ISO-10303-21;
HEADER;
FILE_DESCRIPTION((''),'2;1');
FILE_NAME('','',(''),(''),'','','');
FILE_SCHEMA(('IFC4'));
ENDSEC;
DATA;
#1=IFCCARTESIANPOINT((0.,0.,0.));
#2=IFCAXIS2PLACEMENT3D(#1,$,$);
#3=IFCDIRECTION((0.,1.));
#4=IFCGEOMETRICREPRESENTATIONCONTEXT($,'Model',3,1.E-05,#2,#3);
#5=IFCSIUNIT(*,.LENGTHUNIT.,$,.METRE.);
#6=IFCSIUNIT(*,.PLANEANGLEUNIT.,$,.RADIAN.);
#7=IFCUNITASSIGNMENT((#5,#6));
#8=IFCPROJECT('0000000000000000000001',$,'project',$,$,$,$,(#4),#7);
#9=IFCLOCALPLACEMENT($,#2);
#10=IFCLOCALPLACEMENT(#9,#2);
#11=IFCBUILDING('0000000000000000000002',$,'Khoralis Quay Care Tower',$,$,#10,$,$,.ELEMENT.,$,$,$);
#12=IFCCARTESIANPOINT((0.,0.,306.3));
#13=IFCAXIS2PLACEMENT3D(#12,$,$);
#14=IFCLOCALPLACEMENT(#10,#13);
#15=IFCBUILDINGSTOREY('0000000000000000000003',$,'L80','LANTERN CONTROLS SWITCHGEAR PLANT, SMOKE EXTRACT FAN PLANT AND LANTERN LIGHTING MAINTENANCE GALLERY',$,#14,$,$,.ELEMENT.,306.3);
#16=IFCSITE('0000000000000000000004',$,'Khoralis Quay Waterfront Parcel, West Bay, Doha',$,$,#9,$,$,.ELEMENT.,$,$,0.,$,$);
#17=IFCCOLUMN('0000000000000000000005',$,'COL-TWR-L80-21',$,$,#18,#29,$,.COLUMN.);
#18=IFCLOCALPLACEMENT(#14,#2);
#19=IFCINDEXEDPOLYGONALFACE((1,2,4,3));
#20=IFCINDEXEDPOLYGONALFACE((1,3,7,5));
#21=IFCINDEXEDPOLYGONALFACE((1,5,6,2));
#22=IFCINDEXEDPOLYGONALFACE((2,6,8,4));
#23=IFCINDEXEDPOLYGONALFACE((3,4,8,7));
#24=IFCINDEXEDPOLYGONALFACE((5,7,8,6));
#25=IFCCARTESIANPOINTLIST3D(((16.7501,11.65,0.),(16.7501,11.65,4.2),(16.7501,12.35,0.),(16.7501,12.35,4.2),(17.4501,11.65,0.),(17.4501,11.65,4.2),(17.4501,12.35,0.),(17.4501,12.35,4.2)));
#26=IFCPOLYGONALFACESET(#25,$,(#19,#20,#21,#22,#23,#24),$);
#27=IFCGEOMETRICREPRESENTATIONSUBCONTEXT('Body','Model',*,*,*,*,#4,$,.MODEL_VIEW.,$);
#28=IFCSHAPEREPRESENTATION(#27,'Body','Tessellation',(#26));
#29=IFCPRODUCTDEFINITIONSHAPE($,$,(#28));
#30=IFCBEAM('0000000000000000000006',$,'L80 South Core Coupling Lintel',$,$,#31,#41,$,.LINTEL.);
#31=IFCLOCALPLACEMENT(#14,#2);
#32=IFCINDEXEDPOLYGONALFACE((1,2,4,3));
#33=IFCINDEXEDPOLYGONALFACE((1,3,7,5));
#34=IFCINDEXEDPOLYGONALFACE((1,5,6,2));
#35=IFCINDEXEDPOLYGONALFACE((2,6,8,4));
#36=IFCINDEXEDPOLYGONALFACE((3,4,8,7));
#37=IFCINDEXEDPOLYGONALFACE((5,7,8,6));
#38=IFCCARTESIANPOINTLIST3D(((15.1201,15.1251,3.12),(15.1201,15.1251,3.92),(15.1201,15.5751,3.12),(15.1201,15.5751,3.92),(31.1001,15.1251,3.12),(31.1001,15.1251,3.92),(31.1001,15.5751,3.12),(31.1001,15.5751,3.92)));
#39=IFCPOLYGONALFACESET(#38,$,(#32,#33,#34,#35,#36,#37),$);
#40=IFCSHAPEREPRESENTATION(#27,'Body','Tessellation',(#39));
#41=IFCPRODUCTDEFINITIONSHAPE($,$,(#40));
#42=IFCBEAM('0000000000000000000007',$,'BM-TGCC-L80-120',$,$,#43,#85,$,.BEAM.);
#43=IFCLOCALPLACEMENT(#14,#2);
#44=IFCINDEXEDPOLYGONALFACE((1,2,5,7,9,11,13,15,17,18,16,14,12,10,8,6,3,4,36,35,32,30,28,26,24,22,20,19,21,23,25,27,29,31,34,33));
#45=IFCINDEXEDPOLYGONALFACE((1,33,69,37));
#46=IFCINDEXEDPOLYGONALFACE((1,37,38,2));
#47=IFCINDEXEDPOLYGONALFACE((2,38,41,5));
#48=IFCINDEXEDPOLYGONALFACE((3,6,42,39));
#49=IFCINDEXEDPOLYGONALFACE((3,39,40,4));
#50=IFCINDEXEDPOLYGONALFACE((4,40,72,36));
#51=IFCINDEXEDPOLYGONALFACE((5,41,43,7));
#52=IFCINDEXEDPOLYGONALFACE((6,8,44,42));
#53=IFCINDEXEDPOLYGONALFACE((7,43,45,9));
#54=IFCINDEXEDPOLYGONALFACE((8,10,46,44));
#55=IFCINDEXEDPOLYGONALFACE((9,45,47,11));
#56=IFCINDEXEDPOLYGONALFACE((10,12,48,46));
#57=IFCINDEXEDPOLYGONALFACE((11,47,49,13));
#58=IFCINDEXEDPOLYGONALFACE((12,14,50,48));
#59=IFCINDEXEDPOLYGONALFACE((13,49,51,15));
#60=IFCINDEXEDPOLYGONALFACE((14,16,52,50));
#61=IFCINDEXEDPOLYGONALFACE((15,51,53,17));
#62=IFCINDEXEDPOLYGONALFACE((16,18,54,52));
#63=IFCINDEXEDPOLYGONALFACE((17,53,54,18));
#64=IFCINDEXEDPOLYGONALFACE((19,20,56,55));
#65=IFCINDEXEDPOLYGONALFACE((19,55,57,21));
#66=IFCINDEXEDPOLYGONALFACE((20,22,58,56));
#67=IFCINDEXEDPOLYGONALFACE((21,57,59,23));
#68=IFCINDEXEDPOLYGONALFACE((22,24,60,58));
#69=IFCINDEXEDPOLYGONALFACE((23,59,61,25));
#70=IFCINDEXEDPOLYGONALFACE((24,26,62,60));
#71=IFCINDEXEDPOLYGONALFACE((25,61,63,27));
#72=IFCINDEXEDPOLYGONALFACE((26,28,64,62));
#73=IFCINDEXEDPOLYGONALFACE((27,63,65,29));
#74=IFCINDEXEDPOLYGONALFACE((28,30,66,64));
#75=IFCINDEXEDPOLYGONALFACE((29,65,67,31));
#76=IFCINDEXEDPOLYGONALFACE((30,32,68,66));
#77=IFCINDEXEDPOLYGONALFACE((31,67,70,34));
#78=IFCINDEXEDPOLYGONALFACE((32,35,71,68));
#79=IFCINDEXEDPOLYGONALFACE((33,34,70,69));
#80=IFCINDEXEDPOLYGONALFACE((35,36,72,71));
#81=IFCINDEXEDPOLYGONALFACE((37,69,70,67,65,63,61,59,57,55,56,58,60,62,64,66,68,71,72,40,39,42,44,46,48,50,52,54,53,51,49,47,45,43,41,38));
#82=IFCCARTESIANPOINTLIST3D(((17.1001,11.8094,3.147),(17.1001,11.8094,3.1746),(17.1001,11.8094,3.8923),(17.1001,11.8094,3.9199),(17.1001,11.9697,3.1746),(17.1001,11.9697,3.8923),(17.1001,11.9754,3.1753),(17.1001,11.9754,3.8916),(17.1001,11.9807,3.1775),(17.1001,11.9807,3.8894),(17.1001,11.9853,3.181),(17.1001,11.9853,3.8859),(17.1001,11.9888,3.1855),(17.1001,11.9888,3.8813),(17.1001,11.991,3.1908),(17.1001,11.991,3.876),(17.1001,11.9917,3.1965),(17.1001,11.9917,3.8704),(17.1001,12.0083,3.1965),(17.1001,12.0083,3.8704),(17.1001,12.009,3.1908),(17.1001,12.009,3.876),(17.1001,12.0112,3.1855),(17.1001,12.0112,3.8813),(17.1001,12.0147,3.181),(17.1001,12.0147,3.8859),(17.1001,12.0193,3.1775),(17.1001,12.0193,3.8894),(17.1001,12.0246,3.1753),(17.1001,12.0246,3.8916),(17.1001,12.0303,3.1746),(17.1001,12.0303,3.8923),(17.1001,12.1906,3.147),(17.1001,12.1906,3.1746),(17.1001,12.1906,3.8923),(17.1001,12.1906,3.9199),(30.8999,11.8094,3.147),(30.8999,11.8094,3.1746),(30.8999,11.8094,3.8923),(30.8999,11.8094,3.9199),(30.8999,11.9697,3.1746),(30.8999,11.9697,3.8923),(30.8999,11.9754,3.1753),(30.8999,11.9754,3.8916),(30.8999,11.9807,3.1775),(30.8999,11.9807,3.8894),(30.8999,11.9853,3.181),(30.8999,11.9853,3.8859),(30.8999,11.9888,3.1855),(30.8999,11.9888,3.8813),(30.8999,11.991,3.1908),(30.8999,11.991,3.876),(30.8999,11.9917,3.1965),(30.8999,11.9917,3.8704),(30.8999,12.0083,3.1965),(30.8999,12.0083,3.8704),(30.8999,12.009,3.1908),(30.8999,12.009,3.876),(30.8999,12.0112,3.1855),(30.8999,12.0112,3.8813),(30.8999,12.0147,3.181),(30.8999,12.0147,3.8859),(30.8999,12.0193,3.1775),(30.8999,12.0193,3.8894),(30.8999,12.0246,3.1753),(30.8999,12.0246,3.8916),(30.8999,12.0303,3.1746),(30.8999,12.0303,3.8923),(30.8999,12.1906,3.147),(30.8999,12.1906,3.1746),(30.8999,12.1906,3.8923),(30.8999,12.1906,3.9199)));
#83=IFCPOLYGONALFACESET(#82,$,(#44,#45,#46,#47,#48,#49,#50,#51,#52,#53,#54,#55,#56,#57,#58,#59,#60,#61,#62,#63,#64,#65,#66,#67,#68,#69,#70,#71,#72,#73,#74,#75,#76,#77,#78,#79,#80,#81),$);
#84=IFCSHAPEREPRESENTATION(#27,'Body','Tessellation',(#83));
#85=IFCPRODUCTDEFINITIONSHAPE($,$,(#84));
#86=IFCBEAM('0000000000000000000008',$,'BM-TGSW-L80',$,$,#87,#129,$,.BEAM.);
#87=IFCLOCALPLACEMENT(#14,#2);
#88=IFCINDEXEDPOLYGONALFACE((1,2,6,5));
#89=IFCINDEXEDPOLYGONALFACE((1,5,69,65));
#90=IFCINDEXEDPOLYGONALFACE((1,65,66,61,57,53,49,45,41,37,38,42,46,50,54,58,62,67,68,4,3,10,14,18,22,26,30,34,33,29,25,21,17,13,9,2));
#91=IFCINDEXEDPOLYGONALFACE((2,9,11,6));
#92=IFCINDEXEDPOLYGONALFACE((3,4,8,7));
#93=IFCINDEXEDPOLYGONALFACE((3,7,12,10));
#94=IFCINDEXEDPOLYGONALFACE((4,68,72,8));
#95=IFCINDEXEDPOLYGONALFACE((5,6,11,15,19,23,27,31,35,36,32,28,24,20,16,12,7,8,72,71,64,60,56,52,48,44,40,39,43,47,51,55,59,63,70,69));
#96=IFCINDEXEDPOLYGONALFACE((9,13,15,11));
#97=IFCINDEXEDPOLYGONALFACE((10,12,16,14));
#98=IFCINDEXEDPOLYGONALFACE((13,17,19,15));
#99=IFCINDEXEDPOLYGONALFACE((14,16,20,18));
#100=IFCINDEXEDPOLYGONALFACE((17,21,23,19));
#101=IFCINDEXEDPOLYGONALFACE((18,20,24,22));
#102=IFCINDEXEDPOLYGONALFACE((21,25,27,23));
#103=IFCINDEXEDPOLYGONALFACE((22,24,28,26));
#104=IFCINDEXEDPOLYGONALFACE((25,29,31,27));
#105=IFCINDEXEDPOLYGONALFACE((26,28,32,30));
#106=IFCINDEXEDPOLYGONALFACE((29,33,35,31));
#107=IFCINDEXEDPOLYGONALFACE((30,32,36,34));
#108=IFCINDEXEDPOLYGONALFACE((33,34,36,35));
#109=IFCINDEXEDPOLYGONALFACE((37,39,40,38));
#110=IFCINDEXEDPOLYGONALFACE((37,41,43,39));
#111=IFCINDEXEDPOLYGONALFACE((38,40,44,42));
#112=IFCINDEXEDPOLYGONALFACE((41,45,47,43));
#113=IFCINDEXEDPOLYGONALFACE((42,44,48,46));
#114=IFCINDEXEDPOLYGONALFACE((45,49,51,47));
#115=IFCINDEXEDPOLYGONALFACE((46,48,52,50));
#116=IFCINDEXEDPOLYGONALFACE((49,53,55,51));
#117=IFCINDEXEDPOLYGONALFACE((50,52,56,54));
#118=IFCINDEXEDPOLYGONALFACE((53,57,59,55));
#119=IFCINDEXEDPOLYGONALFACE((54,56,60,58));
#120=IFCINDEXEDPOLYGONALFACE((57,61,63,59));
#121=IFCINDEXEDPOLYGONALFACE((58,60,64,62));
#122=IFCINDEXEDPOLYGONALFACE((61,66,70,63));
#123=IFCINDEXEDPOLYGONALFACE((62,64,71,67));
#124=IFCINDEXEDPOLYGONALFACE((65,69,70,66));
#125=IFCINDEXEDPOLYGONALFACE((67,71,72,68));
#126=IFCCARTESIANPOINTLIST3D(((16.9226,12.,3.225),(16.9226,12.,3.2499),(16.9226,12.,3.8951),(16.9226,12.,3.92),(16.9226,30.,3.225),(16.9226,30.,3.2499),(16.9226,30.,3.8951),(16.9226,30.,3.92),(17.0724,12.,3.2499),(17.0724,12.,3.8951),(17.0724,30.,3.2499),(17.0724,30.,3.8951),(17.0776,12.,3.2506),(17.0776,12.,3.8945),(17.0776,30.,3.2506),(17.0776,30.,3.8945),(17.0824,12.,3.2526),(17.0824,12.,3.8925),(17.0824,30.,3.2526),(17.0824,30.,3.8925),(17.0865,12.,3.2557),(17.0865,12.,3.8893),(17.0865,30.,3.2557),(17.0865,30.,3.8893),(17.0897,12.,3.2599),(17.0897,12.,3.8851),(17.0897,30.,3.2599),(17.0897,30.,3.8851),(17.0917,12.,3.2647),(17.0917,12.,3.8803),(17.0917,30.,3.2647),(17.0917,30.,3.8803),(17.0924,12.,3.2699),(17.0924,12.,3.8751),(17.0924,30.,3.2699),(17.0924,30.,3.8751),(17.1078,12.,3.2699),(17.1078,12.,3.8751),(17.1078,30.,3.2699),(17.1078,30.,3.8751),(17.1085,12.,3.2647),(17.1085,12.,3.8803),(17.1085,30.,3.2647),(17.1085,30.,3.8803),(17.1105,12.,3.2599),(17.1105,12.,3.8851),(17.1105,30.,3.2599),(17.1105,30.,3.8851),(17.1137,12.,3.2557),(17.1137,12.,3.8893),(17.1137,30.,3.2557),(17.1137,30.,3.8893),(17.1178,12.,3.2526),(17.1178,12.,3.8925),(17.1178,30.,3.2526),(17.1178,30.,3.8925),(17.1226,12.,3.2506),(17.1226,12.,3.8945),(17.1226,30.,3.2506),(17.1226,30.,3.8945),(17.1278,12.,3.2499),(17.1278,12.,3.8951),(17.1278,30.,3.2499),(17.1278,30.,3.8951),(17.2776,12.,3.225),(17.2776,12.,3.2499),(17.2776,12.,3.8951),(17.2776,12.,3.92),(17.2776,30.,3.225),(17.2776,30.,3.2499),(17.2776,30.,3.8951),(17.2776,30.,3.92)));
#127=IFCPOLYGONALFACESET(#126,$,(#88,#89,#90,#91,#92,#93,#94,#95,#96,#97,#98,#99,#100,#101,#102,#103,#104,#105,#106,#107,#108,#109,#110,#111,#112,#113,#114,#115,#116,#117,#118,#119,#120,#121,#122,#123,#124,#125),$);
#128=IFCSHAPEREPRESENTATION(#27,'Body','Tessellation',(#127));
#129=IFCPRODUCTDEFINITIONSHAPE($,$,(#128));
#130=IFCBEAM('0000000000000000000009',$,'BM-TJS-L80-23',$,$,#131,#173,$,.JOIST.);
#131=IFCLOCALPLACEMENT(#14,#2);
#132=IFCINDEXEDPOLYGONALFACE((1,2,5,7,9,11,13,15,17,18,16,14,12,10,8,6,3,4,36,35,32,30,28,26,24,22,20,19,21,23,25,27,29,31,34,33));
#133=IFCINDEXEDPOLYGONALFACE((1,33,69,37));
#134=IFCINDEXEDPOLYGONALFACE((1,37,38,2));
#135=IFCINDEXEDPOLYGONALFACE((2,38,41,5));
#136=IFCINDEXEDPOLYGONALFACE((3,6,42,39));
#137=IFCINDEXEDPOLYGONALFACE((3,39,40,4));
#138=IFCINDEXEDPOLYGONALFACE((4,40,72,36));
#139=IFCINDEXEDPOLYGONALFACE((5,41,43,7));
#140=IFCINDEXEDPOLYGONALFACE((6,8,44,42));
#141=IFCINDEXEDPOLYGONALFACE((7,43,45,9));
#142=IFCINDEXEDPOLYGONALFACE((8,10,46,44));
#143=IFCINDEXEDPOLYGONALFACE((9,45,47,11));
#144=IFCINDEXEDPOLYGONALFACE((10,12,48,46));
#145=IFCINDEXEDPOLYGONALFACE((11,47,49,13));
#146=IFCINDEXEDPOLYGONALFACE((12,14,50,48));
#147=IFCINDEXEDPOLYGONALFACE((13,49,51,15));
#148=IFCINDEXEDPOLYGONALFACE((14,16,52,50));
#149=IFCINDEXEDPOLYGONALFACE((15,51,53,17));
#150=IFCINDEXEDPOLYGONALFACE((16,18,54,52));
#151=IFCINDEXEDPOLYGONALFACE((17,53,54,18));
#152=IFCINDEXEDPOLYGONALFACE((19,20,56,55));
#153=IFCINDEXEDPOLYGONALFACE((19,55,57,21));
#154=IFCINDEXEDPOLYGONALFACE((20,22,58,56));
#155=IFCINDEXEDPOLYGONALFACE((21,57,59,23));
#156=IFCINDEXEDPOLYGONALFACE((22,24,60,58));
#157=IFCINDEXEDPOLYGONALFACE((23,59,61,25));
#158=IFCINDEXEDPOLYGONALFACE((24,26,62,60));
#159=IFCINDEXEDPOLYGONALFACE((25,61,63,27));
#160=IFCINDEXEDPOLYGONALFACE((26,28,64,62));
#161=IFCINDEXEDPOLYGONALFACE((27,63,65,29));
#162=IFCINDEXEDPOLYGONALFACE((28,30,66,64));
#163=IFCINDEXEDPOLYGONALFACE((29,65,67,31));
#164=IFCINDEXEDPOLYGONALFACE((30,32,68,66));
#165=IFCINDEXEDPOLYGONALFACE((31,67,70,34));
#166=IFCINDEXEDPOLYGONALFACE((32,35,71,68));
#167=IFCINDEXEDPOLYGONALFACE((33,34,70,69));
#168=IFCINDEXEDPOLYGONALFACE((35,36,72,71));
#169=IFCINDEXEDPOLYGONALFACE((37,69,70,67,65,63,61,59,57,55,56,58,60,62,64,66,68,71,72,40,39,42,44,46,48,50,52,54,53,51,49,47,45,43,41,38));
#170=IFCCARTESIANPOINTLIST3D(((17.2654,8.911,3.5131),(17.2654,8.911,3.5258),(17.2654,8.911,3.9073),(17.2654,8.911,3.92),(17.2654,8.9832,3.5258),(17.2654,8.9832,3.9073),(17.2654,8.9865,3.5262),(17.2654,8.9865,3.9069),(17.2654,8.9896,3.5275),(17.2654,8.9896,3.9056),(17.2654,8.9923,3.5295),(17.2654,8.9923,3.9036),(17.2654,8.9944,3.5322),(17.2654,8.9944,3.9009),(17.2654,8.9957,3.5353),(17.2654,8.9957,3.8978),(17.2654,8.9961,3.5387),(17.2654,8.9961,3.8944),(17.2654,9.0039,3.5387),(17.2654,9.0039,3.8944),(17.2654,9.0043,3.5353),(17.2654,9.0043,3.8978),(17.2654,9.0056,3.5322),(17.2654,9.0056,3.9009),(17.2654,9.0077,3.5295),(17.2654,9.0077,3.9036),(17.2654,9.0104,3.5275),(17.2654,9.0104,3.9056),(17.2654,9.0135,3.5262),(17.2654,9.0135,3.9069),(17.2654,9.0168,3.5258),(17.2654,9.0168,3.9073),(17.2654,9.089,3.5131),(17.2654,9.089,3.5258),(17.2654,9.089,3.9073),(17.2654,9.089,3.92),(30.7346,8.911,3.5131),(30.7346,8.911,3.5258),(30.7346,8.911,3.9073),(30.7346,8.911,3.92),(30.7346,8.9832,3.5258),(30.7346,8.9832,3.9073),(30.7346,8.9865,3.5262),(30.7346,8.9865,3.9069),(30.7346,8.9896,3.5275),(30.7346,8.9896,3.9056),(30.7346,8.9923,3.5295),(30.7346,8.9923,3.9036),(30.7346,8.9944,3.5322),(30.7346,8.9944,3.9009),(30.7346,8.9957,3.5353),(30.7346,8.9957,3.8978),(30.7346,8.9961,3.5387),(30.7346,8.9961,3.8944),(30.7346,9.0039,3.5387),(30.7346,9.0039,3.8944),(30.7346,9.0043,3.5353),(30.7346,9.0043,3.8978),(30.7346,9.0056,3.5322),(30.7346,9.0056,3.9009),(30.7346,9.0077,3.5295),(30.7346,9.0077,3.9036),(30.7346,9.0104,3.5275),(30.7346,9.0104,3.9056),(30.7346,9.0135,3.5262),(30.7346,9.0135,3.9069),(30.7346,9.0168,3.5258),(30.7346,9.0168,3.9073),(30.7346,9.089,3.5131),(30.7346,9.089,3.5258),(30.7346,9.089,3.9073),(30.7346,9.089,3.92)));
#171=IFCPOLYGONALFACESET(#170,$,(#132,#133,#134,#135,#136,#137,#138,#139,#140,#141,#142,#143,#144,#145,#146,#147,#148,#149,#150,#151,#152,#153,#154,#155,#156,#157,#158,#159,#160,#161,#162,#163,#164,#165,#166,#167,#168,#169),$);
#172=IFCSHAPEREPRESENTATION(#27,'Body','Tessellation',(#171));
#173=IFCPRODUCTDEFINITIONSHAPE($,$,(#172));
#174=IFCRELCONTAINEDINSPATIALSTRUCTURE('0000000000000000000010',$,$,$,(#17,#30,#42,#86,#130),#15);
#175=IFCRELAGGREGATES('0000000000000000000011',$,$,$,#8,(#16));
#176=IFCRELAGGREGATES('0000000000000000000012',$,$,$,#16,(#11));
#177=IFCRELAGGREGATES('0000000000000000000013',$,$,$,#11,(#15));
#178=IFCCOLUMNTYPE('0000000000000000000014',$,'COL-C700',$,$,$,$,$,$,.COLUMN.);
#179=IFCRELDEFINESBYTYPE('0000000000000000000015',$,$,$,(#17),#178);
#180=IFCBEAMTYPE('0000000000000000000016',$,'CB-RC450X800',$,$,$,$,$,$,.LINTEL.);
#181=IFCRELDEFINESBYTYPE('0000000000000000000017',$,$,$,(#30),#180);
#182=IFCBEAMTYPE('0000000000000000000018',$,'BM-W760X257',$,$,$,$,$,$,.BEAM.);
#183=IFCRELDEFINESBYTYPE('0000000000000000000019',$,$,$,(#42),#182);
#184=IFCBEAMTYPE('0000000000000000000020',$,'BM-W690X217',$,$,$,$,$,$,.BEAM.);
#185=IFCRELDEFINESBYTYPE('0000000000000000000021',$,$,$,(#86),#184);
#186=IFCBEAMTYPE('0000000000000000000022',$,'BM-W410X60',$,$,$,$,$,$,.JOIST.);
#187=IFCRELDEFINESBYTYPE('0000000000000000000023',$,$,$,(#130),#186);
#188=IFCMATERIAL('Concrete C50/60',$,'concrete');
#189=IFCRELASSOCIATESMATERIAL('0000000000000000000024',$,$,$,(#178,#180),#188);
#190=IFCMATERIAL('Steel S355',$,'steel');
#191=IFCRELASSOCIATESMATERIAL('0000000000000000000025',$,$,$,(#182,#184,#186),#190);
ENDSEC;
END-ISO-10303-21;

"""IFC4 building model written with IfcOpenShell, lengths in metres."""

from ifc_helpers import new_model, si_unit, direction, frame, origin, origin_2d, place, context, subcontext, project, spatial, rectangle, i_section, extrude, source, transform, mapped, material, material_profile, profile_set, type_object, element, save


model = new_model("IFC4")

# Units and contexts
model_context = context("Model", 3, precision=1e-05, world=origin(), true_north=direction((0.0, 1.0)))
body_context = subcontext(model_context, "Body", "Model", "MODEL_VIEW")
ifc_project = project(units=[si_unit("LENGTHUNIT", "METRE"), si_unit("PLANEANGLEUNIT", "RADIAN")], contexts=[model_context])

# Site, building, storey
site_placement = place(None, origin())
site = spatial("IfcSite", under=ifc_project, at=site_placement, Name="Khoralis Quay Waterfront Parcel, West Bay, Doha", CompositionType="ELEMENT", RefElevation=0.0)
building_placement = place(site_placement, origin())
building = spatial("IfcBuilding", under=site, at=building_placement, Name="Khoralis Quay Care Tower", CompositionType="ELEMENT")
storey_placement = place(building_placement, frame((0.0, 0.0, 306.3)))
storey = spatial("IfcBuildingStorey", under=building, at=storey_placement, Name="L80", Description="LANTERN CONTROLS SWITCHGEAR PLANT, SMOKE EXTRACT FAN PLANT AND LANTERN LIGHTING MAINTENANCE GALLERY", CompositionType="ELEMENT", Elevation=306.3)

# Column
ifc_material_1 = material(Name="Concrete C50/60", Category="concrete")
ifc_material_profile_1 = material_profile(ifc_material_1, rectangle(XDim=0.7, YDim=0.7, at=origin_2d()), Name="Concrete C50/60")
ifc_profile_set_1 = profile_set([ifc_material_profile_1], Name="Concrete C50/60")
column_type = type_object("IfcColumnType", Name="COL-C700", PredefinedType="COLUMN", material=ifc_profile_set_1)
shared_shape_1 = source(origin(), body_context, "Body", "SweptSolid", [
    extrude(rectangle(XDim=0.7, YDim=0.7, at=origin_2d()), origin(), (0.0, 0.0, 1.0), 4.2),
])
column_placement = place(storey_placement, frame((17.1001, 12.0, 0.0), z_axis=(0.0, 0.0, 1.0), x_axis=(1.0, 0.0, 0.0)))
element("IfcColumn", 1, at=column_placement, inside=storey, type_object=column_type, Name="COL-TWR-L80-21", PredefinedType="COLUMN", context=body_context, shape_type="MappedRepresentation", body=[
    mapped(shared_shape_1, transform((0.0, 0.0, 0.0), scale=1.0)),
])

# Beams
ifc_material_profile_2 = material_profile(ifc_material_1, rectangle(XDim=0.45, YDim=0.8, at=origin_2d()), Name="Concrete C50/60")
ifc_profile_set_2 = profile_set([ifc_material_profile_2], Name="Concrete C50/60")
beam_type_1 = type_object("IfcBeamType", Name="CB-RC450X800", PredefinedType="LINTEL", material=ifc_profile_set_2)
shared_shape_2 = source(origin(), body_context, "Body", "SweptSolid", [
    extrude(rectangle(XDim=0.45, YDim=0.8, at=origin_2d()), origin(), (0.0, 0.0, 1.0), 15.98),
])
beam_1_placement = place(storey_placement, frame((15.1201, 15.3501, 3.52), z_axis=(1.0, 0.0, 0.0), x_axis=(0.0, 1.0, 0.0)))
element("IfcBeam", 2, at=beam_1_placement, inside=storey, type_object=beam_type_1, Name="L80 South Core Coupling Lintel", PredefinedType="LINTEL", context=body_context, shape_type="MappedRepresentation", body=[
    mapped(shared_shape_2, transform((0.0, 0.0, 0.0), scale=1.0)),
])
ifc_material_2 = material(Name="Steel S355", Category="steel")
ifc_material_profile_3 = material_profile(ifc_material_2, i_section(OverallWidth=0.3811, OverallDepth=0.7729, WebThickness=0.0166, FlangeThickness=0.0276, FilletRadius=0.022, at=origin_2d()), Name="Steel S355")
ifc_profile_set_3 = profile_set([ifc_material_profile_3], Name="Steel S355")
beam_type_2 = type_object("IfcBeamType", Name="BM-W760X257", PredefinedType="BEAM", material=ifc_profile_set_3)
shared_shape_3 = source(origin(), body_context, "Body", "SweptSolid", [
    extrude(i_section(OverallWidth=0.3811, OverallDepth=0.7729, WebThickness=0.0166, FlangeThickness=0.0276, FilletRadius=0.022, at=origin_2d()), origin(), (0.0, 0.0, 1.0), 13.7998),
])
beam_2_placement = place(storey_placement, frame((17.1001, 12.0, 3.5334), z_axis=(1.0, 0.0, 0.0), x_axis=(0.0, 1.0, 0.0)))
element("IfcBeam", 3, at=beam_2_placement, inside=storey, type_object=beam_type_2, Name="BM-TGCC-L80-120", PredefinedType="BEAM", context=body_context, shape_type="MappedRepresentation", body=[
    mapped(shared_shape_3, transform((0.0, 0.0, 0.0), scale=1.0)),
])
ifc_material_profile_4 = material_profile(ifc_material_2, i_section(OverallWidth=0.355, OverallDepth=0.6951, WebThickness=0.0154, FlangeThickness=0.0249, FilletRadius=0.02, at=origin_2d()), Name="Steel S355")
ifc_profile_set_4 = profile_set([ifc_material_profile_4], Name="Steel S355")
beam_type_3 = type_object("IfcBeamType", Name="BM-W690X217", PredefinedType="BEAM", material=ifc_profile_set_4)
shared_shape_4 = source(origin(), body_context, "Body", "SweptSolid", [
    extrude(i_section(OverallWidth=0.355, OverallDepth=0.6951, WebThickness=0.0154, FlangeThickness=0.0249, FilletRadius=0.02, at=origin_2d()), origin(), (0.0, 0.0, 1.0), 18.0),
])
beam_3_placement = place(storey_placement, frame((17.1001, 12.0, 3.5725), z_axis=(0.0, 1.0, 0.0), x_axis=(-1.0, 0.0, 0.0)))
element("IfcBeam", 4, at=beam_3_placement, inside=storey, type_object=beam_type_3, Name="BM-TGSW-L80", PredefinedType="BEAM", context=body_context, shape_type="MappedRepresentation", body=[
    mapped(shared_shape_4, transform((0.0, 0.0, 0.0), scale=1.0)),
])
ifc_material_profile_5 = material_profile(ifc_material_2, i_section(OverallWidth=0.178, OverallDepth=0.407, WebThickness=0.0078, FlangeThickness=0.0127, FilletRadius=0.0129, at=origin_2d()), Name="Steel S355")
ifc_profile_set_5 = profile_set([ifc_material_profile_5], Name="Steel S355")
beam_type_4 = type_object("IfcBeamType", Name="BM-W410X60", PredefinedType="JOIST", material=ifc_profile_set_5)
shared_shape_5 = source(origin(), body_context, "Body", "SweptSolid", [
    extrude(i_section(OverallWidth=0.178, OverallDepth=0.407, WebThickness=0.0078, FlangeThickness=0.0127, FilletRadius=0.0129, at=origin_2d()), origin(), (0.0, 0.0, 1.0), 13.4692),
])
beam_4_placement = place(storey_placement, frame((17.2654, 9.0, 3.7166), z_axis=(1.0, 0.0, 0.0), x_axis=(0.0, 1.0, 0.0)))
element("IfcBeam", 5, at=beam_4_placement, inside=storey, type_object=beam_type_4, Name="BM-TJS-L80-23", PredefinedType="JOIST", context=body_context, shape_type="MappedRepresentation", body=[
    mapped(shared_shape_5, transform((0.0, 0.0, 0.0), scale=1.0)),
])

save(model, "model.ifc")
